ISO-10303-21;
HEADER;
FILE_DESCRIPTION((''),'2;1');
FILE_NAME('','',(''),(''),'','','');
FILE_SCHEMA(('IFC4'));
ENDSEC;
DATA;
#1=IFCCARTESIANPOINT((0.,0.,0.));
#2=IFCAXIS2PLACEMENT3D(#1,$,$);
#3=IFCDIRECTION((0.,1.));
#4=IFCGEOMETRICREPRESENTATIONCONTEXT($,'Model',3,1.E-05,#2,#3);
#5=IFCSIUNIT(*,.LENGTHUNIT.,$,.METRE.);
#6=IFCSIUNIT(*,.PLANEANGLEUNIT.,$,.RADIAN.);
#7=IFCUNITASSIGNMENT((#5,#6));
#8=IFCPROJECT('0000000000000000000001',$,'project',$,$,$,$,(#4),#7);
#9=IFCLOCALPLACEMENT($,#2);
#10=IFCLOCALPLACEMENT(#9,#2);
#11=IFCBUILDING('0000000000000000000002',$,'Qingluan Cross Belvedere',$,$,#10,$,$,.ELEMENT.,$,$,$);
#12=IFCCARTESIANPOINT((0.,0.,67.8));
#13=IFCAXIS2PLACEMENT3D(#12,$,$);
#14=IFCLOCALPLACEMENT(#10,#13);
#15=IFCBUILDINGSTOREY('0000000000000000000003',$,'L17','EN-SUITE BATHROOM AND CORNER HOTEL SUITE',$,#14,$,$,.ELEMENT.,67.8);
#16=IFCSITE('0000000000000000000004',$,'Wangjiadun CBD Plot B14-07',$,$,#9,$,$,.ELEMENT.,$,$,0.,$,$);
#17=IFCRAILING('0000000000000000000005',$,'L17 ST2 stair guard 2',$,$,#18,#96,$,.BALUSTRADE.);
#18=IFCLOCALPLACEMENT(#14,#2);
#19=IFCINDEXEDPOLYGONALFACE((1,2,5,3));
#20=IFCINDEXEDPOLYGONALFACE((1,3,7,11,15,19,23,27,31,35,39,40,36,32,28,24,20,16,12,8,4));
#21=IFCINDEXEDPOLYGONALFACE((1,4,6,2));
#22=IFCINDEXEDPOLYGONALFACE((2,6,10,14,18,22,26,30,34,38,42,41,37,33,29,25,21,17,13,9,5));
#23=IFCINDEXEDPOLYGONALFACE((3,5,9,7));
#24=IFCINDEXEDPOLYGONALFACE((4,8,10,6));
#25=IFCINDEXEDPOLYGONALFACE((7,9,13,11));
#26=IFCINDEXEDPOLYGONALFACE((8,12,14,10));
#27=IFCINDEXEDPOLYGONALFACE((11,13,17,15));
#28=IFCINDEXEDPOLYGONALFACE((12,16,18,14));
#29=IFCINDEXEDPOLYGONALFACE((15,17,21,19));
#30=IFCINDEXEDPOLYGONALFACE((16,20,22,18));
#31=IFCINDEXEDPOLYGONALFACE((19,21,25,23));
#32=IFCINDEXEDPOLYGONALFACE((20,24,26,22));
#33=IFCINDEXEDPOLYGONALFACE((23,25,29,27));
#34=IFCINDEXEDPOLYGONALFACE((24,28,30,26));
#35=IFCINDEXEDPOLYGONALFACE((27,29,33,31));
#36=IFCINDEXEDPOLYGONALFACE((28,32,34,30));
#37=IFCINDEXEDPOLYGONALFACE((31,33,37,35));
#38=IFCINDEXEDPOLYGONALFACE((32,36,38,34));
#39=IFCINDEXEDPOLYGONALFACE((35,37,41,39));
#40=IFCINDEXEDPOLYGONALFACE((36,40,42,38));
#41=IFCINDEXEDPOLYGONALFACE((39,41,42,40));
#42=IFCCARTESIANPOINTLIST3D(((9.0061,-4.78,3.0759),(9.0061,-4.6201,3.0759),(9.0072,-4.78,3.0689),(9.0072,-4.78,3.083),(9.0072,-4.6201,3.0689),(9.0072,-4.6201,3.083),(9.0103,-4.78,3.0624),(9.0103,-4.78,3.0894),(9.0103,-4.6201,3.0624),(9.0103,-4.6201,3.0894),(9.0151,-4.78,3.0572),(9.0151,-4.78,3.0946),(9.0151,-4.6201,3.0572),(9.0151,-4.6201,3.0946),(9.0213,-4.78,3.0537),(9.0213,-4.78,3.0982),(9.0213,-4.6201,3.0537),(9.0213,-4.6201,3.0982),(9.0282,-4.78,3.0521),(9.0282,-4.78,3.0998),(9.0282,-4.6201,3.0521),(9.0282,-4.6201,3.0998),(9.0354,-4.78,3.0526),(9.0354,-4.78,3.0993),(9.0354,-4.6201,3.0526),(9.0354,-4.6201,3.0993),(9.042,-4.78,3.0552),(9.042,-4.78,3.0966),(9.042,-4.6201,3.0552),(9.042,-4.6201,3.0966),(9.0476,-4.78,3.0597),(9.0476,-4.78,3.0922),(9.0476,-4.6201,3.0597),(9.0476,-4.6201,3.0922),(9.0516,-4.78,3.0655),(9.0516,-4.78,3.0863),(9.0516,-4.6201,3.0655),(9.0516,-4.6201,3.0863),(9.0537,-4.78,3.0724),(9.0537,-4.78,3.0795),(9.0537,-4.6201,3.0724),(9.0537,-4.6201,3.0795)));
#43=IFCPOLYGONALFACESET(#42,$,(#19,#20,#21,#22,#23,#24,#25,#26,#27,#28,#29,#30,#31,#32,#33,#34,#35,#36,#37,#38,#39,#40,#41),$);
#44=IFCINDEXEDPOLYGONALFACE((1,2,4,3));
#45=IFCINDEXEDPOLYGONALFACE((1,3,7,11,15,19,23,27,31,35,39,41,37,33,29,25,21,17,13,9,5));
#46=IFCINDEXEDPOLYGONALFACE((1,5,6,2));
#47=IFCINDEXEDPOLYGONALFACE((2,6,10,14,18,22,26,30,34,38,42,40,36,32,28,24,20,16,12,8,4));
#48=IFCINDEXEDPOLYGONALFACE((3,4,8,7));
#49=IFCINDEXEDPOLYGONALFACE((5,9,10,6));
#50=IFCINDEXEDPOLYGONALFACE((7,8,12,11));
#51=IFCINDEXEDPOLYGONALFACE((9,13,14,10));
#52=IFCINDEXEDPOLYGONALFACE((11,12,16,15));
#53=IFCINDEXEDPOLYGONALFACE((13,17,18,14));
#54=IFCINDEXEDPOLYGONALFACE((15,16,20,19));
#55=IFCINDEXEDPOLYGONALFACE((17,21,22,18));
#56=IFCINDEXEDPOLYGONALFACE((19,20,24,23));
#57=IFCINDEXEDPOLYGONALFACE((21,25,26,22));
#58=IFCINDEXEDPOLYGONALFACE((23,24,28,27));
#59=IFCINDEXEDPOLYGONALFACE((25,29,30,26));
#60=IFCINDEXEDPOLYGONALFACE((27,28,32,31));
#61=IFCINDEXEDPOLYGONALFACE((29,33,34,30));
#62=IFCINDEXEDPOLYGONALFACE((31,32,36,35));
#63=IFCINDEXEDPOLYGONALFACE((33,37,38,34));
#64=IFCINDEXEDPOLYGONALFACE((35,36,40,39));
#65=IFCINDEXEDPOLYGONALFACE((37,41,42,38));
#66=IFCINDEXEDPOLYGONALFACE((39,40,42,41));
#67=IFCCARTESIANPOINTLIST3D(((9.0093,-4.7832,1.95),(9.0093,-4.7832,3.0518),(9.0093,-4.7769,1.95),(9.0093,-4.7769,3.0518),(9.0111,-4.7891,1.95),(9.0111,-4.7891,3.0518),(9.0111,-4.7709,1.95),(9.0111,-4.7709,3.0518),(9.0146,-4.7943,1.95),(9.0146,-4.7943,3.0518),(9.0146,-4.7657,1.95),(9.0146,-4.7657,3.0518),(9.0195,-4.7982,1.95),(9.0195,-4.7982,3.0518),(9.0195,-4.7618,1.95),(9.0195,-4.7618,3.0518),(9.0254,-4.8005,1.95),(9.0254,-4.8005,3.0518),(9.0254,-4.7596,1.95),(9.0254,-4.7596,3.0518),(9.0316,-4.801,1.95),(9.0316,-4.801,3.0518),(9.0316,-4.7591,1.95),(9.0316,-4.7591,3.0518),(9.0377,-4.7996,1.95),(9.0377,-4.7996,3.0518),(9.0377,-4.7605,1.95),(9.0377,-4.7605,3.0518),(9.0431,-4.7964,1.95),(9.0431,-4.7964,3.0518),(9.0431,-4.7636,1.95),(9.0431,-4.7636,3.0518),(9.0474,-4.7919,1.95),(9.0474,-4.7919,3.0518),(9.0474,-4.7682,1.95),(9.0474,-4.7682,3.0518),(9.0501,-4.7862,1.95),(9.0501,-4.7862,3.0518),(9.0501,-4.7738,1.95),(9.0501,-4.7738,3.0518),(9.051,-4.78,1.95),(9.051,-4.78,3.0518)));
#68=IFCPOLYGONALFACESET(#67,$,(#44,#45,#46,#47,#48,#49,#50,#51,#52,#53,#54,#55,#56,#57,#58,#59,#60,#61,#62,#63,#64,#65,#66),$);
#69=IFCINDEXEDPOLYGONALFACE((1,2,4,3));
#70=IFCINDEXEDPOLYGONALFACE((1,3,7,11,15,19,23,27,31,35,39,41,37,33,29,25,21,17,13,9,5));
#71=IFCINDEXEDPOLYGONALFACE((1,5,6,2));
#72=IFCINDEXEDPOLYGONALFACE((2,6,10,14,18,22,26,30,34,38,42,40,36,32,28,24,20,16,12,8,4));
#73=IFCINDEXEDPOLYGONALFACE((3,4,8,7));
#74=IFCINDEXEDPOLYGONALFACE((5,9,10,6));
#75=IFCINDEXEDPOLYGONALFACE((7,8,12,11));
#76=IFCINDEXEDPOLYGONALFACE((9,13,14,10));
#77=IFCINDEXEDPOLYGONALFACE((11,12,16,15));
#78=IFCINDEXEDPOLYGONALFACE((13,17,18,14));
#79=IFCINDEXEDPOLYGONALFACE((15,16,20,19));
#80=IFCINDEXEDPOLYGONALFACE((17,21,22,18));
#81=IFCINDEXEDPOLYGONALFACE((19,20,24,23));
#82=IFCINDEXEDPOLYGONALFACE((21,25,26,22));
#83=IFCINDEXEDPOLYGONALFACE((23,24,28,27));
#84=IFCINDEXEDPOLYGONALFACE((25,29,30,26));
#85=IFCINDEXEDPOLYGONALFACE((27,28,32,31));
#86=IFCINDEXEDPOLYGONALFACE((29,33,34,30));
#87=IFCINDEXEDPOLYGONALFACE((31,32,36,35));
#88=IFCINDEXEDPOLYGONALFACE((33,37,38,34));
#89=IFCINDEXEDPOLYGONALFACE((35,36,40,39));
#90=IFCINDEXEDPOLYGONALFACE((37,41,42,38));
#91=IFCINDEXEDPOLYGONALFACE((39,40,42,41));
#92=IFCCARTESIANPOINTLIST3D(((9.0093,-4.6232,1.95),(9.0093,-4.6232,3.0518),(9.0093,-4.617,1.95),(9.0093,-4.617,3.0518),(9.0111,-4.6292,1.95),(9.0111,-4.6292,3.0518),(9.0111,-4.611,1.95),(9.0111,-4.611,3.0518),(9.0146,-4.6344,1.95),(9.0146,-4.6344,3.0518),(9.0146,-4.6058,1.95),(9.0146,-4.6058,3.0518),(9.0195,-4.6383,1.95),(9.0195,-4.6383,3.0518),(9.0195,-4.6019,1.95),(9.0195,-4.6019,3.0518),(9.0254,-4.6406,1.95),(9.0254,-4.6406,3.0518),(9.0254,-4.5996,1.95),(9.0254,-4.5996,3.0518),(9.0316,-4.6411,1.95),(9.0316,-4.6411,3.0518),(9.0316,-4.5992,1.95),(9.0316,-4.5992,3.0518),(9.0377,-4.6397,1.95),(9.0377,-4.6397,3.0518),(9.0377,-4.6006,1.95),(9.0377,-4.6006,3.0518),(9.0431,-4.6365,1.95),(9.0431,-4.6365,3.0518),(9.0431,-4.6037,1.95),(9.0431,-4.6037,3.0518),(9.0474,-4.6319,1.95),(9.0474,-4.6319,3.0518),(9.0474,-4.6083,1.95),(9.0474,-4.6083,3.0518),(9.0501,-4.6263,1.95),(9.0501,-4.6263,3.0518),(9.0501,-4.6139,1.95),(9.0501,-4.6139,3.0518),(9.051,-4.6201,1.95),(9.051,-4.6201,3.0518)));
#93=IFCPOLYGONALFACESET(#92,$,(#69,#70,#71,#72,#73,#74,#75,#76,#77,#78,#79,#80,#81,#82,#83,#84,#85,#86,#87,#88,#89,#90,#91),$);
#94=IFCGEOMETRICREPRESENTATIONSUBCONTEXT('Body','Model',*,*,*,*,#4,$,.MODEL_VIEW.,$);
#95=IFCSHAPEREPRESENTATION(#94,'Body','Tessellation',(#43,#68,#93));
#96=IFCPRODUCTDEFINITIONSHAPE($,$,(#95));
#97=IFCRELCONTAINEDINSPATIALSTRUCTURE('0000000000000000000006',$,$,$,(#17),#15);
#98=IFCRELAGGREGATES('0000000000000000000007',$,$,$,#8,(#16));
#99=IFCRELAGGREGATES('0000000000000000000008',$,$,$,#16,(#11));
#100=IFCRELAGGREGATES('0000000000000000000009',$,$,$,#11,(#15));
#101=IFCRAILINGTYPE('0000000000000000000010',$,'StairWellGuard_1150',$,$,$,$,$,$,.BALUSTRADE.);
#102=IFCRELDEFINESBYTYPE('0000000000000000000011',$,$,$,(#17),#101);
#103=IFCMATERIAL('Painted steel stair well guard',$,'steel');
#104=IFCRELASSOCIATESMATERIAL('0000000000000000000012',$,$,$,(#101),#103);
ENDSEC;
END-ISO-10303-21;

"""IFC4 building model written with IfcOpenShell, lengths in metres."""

from ifc_helpers import new_model, si_unit, direction, frame, origin, origin_2d, place, context, subcontext, project, spatial, circle, extrude, material, type_object, element, save


model = new_model("IFC4")

# Units and contexts
model_context = context("Model", 3, precision=1e-05, world=origin(), true_north=direction((0.0, 1.0)))
body_context = subcontext(model_context, "Body", "Model", "MODEL_VIEW")
ifc_project = project(units=[si_unit("LENGTHUNIT", "METRE"), si_unit("PLANEANGLEUNIT", "RADIAN")], contexts=[model_context])

# Site, building, storey
site_placement = place(None, origin())
site = spatial("IfcSite", under=ifc_project, at=site_placement, Name="Wangjiadun CBD Plot B14-07", CompositionType="ELEMENT", RefElevation=0.0)
building_placement = place(site_placement, origin())
building = spatial("IfcBuilding", under=site, at=building_placement, Name="Qingluan Cross Belvedere", CompositionType="ELEMENT")
storey_placement = place(building_placement, frame((0.0, 0.0, 67.8)))
storey = spatial("IfcBuildingStorey", under=building, at=storey_placement, Name="L17", Description="EN-SUITE BATHROOM AND CORNER HOTEL SUITE", CompositionType="ELEMENT", Elevation=67.8)

# Railing
ifc_material_1 = material(Name="Painted steel stair well guard", Category="steel")
railing_type_1 = type_object("IfcRailingType", Name="StairWellGuard_1150", PredefinedType="BALUSTRADE", material=ifc_material_1)
railing_1_placement = place(storey_placement, frame((9.03, -4.78, 1.95)))
element("IfcRailing", 1, at=railing_1_placement, inside=storey, type_object=railing_type_1, Name="L17 ST2 stair guard 2", PredefinedType="BALUSTRADE", context=body_context, shape_type="SweptSolid", body=[
    extrude(circle(Radius=0.0239, at=origin_2d()), frame((0.0, 0.0, 1.126), z_axis=(0.0, 1.0, 0.0), x_axis=(-1.0, 0.0, 0.0)), (0.0, 0.0, 1.0), 0.1599),
    extrude(circle(Radius=0.021, at=origin_2d()), origin(), (0.0, 0.0, 1.0), 1.1018),
    extrude(circle(Radius=0.021, at=origin_2d()), frame((0.0, 0.1599, 0.0)), (0.0, 0.0, 1.0), 1.1018),
])

save(model, "model.ifc")
